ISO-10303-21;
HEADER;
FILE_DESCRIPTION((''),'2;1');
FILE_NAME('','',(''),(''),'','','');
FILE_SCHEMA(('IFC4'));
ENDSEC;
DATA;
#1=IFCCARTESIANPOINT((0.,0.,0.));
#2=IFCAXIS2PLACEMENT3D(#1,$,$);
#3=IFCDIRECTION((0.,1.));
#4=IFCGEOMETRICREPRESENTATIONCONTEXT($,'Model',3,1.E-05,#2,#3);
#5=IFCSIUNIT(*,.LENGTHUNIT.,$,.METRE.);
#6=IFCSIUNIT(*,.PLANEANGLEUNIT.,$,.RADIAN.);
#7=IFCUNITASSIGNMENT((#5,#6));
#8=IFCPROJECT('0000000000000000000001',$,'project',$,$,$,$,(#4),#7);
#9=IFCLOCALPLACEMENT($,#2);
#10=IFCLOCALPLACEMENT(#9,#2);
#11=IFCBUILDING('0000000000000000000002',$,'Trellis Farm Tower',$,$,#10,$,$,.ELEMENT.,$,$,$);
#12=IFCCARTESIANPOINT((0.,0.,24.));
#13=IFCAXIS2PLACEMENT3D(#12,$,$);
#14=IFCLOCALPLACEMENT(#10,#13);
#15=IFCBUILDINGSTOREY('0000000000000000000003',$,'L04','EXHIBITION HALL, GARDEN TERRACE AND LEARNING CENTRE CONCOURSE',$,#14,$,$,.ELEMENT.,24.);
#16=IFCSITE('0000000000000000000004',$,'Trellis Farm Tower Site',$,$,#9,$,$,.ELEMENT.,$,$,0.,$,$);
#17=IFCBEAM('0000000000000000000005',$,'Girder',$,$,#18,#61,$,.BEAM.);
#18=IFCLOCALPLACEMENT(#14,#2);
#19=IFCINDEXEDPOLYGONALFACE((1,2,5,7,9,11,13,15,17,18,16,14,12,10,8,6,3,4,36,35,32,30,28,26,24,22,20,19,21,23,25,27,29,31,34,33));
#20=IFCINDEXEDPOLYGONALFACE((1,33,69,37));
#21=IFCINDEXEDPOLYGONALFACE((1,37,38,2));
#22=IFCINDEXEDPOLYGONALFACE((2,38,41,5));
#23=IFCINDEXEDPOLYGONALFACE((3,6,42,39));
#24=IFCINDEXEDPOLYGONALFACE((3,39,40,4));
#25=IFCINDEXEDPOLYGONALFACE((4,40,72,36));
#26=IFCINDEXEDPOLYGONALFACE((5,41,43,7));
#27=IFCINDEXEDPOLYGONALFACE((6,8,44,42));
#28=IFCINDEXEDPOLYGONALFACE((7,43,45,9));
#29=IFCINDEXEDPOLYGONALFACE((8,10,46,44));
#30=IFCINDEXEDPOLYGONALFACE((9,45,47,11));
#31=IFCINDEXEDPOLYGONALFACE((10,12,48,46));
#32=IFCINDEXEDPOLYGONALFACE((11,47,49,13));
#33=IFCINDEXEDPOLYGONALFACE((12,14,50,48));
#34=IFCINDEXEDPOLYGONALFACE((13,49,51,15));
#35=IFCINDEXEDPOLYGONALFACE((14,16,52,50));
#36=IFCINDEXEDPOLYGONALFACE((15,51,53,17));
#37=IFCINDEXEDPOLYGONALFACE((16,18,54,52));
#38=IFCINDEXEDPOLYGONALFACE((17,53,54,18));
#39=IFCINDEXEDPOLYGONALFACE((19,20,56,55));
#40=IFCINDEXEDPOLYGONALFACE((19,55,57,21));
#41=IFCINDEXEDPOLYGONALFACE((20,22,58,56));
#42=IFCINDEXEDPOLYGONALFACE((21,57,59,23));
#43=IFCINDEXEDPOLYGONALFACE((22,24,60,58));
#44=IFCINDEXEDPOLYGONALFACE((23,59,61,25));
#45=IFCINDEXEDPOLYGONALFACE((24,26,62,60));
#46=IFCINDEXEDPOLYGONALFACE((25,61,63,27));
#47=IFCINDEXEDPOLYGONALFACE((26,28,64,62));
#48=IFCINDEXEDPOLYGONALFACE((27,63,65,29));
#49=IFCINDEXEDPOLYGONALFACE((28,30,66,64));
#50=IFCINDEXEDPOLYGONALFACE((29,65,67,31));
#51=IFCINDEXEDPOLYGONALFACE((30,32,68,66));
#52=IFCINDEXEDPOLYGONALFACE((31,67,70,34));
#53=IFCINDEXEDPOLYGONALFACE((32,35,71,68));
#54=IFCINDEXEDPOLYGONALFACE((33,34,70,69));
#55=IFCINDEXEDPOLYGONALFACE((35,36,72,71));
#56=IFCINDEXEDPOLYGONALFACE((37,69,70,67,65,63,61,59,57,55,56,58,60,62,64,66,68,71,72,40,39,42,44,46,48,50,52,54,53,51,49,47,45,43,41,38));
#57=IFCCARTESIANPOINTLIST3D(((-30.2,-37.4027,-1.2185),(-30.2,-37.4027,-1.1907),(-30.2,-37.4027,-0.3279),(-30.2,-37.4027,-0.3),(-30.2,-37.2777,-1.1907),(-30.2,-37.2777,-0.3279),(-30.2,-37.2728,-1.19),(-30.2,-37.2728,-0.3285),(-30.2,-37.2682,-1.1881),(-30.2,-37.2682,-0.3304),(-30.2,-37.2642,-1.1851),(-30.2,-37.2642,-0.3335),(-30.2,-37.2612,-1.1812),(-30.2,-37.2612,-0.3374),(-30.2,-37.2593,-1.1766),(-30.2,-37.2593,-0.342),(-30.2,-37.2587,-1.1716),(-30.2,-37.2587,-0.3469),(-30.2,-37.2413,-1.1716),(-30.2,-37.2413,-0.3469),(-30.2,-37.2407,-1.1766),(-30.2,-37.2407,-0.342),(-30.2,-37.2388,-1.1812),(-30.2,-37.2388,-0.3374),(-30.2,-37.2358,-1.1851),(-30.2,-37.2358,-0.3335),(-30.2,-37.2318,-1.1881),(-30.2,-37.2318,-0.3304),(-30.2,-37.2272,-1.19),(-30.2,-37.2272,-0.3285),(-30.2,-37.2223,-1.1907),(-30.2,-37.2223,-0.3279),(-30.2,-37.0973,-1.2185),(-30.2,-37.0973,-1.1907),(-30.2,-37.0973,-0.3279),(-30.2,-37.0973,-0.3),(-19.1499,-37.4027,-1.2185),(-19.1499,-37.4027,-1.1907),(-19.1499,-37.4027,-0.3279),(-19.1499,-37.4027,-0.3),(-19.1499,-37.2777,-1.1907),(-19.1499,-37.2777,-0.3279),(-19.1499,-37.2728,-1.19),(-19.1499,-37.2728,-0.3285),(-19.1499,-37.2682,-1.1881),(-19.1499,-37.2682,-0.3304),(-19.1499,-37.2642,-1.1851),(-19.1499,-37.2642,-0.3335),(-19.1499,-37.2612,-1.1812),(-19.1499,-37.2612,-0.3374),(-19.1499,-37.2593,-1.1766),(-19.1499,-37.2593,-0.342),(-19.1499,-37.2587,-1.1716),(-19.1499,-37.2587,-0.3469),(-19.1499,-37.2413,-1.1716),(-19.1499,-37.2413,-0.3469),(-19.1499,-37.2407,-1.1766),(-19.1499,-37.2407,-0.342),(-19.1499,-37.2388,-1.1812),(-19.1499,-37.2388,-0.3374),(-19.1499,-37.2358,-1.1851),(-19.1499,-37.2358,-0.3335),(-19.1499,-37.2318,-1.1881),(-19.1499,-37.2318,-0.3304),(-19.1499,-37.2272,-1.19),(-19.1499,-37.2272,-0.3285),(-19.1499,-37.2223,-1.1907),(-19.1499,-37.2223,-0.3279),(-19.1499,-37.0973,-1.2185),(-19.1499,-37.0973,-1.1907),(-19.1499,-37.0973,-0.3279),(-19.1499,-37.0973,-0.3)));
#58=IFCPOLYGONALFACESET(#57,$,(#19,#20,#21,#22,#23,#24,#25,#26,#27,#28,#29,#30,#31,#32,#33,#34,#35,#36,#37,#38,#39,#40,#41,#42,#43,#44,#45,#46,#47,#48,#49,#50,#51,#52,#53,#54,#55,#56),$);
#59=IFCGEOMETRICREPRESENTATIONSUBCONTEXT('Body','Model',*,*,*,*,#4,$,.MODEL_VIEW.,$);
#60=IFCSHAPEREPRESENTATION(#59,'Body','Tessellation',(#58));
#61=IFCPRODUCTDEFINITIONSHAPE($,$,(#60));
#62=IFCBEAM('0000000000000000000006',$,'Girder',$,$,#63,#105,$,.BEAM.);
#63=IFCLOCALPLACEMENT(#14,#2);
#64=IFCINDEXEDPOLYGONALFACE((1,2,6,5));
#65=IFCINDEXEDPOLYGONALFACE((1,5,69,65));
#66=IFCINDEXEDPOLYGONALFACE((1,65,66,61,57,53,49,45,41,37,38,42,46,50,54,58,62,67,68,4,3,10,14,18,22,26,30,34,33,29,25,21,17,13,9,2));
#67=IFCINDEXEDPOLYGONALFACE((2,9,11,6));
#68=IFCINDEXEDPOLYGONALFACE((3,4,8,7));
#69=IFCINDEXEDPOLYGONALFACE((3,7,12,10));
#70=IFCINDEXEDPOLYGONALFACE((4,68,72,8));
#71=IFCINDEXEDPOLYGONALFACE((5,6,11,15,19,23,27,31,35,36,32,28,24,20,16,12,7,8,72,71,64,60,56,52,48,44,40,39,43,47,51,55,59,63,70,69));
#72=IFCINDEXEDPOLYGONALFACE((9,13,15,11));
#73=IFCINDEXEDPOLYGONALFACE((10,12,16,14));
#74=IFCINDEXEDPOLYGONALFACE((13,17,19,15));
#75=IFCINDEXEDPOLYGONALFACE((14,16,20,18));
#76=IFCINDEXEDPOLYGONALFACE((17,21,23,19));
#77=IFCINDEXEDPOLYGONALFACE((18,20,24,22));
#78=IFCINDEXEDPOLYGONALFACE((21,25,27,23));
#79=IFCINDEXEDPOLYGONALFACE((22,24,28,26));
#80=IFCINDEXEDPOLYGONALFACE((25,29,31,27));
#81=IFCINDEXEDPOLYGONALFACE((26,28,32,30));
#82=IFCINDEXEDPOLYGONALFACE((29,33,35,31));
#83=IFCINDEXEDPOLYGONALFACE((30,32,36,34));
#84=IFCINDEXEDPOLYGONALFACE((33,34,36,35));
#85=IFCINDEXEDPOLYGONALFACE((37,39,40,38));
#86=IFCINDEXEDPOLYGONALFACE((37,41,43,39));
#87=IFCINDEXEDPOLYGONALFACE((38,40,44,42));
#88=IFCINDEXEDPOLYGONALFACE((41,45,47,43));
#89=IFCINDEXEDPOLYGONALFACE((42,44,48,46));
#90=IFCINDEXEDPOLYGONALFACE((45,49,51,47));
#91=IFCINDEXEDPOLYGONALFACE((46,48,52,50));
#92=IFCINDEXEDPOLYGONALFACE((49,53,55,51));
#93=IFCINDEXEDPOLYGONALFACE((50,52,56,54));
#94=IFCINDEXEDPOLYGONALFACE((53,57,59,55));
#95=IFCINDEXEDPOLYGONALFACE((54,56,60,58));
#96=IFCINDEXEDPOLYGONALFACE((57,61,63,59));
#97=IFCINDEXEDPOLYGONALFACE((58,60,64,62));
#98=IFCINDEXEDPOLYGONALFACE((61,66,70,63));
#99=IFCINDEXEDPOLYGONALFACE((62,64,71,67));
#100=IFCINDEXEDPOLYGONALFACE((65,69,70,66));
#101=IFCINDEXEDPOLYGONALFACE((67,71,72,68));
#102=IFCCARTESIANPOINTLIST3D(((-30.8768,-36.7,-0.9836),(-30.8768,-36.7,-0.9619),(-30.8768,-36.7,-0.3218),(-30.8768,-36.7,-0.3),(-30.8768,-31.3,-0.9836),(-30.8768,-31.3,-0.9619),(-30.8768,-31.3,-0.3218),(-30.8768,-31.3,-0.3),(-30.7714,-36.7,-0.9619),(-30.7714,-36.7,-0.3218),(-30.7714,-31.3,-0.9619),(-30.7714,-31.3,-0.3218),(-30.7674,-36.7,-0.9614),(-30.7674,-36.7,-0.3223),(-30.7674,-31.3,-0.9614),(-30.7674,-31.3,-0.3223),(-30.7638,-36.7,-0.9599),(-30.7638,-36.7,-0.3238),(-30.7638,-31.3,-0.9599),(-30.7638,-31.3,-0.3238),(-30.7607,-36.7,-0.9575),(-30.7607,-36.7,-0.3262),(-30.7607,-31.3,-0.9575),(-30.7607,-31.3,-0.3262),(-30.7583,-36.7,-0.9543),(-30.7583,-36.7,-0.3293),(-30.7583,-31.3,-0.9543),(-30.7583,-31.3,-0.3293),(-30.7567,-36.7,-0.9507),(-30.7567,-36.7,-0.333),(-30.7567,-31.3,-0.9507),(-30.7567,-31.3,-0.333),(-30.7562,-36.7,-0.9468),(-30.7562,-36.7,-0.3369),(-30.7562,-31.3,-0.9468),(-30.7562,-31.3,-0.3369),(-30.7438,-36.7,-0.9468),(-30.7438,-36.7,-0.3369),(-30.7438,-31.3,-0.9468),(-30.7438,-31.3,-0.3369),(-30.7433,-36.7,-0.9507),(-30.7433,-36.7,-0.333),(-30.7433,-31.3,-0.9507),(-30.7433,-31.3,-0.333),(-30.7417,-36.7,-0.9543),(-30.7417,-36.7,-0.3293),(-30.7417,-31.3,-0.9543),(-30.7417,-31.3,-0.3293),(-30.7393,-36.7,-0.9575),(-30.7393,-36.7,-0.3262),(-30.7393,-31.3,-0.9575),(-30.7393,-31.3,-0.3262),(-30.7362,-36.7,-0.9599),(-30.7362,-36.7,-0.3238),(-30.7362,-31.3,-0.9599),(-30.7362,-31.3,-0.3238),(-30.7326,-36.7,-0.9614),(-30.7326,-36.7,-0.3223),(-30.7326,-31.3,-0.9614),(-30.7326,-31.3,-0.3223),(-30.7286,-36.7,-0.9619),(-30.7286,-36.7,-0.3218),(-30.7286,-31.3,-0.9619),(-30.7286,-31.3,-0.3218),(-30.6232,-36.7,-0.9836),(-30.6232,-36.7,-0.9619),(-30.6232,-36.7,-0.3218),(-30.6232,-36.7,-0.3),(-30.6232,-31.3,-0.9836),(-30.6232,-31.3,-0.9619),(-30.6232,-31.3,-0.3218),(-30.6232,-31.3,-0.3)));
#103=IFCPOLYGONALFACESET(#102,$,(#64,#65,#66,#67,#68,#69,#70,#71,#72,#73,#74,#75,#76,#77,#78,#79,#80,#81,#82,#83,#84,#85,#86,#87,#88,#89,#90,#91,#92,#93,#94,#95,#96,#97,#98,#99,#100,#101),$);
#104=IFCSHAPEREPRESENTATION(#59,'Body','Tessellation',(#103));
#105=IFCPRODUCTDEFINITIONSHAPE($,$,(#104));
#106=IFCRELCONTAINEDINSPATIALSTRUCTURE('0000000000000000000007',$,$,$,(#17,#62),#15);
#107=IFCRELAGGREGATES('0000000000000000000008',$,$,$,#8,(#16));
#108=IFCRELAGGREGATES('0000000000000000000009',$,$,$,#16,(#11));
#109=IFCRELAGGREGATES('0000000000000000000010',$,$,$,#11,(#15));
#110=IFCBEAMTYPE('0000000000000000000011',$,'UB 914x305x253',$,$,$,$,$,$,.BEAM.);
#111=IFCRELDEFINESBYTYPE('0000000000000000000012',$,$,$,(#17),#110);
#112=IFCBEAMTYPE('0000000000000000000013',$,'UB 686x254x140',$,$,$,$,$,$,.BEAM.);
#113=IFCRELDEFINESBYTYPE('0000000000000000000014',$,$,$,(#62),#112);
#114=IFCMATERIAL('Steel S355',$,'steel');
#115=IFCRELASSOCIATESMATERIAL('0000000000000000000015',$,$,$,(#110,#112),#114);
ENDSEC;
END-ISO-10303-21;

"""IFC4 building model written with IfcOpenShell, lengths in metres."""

from ifc_helpers import new_model, si_unit, direction, frame, origin, origin_2d, place, context, subcontext, project, spatial, i_section, extrude, source, transform, mapped, material, material_profile, profile_set, type_object, element, save


model = new_model("IFC4")

# Units and contexts
model_context = context("Model", 3, precision=1e-05, world=origin(), true_north=direction((0.0, 1.0)))
body_context = subcontext(model_context, "Body", "Model", "MODEL_VIEW")
ifc_project = project(units=[si_unit("LENGTHUNIT", "METRE"), si_unit("PLANEANGLEUNIT", "RADIAN")], contexts=[model_context])

# Site, building, storey
site_placement = place(None, origin())
site = spatial("IfcSite", under=ifc_project, at=site_placement, Name="Trellis Farm Tower Site", CompositionType="ELEMENT", RefElevation=0.0)
building_placement = place(site_placement, origin())
building = spatial("IfcBuilding", under=site, at=building_placement, Name="Trellis Farm Tower", CompositionType="ELEMENT")
storey_placement = place(building_placement, frame((0.0, 0.0, 24.0)))
storey = spatial("IfcBuildingStorey", under=building, at=storey_placement, Name="L04", Description="EXHIBITION HALL, GARDEN TERRACE AND LEARNING CENTRE CONCOURSE", CompositionType="ELEMENT", Elevation=24.0)

# Beams
ifc_material = material(Name="Steel S355", Category="steel")
ifc_material_profile_1 = material_profile(ifc_material, i_section(OverallWidth=0.3054, OverallDepth=0.9185, WebThickness=0.0173, FlangeThickness=0.0278, FilletRadius=0.019, at=origin_2d()), Name="UB 914x305x253")
ifc_profile_set_1 = profile_set([ifc_material_profile_1], Name="Steel S355")
beam_type_1 = type_object("IfcBeamType", Name="UB 914x305x253", PredefinedType="BEAM", material=ifc_profile_set_1)
shared_shape_1 = source(origin(), body_context, "Body", "SweptSolid", [
    extrude(i_section(OverallWidth=0.3054, OverallDepth=0.9185, WebThickness=0.0173, FlangeThickness=0.0278, FilletRadius=0.019, at=origin_2d()), origin(), (0.0, 0.0, 1.0), 11.05),
])
beam_1_placement = place(storey_placement, frame((-30.2, -37.25, -0.7593), z_axis=(1.0, 0.0, 0.0), x_axis=(0.0, 1.0, 0.0)))
element("IfcBeam", 1, at=beam_1_placement, inside=storey, type_object=beam_type_1, Name="Girder", PredefinedType="BEAM", context=body_context, shape_type="MappedRepresentation", body=[
    mapped(shared_shape_1, transform((0.0, 0.0, 0.0))),
])
ifc_material_profile_2 = material_profile(ifc_material, i_section(OverallWidth=0.2537, OverallDepth=0.6836, WebThickness=0.0125, FlangeThickness=0.0217, FilletRadius=0.0151, at=origin_2d()), Name="UB 686x254x140")
ifc_profile_set_2 = profile_set([ifc_material_profile_2], Name="Steel S355")
beam_type_2 = type_object("IfcBeamType", Name="UB 686x254x140", PredefinedType="BEAM", material=ifc_profile_set_2)
shared_shape_2 = source(origin(), body_context, "Body", "SweptSolid", [
    extrude(i_section(OverallWidth=0.2537, OverallDepth=0.6836, WebThickness=0.0125, FlangeThickness=0.0217, FilletRadius=0.0151, at=origin_2d()), origin(), (0.0, 0.0, 1.0), 5.3999),
])
beam_2_placement = place(storey_placement, frame((-30.75, -36.7, -0.6418), z_axis=(0.0, 1.0, 0.0), x_axis=(-1.0, 0.0, 0.0)))
element("IfcBeam", 2, at=beam_2_placement, inside=storey, type_object=beam_type_2, Name="Girder", PredefinedType="BEAM", context=body_context, shape_type="MappedRepresentation", body=[
    mapped(shared_shape_2, transform((0.0, 0.0, 0.0))),
])

save(model, "model.ifc")
